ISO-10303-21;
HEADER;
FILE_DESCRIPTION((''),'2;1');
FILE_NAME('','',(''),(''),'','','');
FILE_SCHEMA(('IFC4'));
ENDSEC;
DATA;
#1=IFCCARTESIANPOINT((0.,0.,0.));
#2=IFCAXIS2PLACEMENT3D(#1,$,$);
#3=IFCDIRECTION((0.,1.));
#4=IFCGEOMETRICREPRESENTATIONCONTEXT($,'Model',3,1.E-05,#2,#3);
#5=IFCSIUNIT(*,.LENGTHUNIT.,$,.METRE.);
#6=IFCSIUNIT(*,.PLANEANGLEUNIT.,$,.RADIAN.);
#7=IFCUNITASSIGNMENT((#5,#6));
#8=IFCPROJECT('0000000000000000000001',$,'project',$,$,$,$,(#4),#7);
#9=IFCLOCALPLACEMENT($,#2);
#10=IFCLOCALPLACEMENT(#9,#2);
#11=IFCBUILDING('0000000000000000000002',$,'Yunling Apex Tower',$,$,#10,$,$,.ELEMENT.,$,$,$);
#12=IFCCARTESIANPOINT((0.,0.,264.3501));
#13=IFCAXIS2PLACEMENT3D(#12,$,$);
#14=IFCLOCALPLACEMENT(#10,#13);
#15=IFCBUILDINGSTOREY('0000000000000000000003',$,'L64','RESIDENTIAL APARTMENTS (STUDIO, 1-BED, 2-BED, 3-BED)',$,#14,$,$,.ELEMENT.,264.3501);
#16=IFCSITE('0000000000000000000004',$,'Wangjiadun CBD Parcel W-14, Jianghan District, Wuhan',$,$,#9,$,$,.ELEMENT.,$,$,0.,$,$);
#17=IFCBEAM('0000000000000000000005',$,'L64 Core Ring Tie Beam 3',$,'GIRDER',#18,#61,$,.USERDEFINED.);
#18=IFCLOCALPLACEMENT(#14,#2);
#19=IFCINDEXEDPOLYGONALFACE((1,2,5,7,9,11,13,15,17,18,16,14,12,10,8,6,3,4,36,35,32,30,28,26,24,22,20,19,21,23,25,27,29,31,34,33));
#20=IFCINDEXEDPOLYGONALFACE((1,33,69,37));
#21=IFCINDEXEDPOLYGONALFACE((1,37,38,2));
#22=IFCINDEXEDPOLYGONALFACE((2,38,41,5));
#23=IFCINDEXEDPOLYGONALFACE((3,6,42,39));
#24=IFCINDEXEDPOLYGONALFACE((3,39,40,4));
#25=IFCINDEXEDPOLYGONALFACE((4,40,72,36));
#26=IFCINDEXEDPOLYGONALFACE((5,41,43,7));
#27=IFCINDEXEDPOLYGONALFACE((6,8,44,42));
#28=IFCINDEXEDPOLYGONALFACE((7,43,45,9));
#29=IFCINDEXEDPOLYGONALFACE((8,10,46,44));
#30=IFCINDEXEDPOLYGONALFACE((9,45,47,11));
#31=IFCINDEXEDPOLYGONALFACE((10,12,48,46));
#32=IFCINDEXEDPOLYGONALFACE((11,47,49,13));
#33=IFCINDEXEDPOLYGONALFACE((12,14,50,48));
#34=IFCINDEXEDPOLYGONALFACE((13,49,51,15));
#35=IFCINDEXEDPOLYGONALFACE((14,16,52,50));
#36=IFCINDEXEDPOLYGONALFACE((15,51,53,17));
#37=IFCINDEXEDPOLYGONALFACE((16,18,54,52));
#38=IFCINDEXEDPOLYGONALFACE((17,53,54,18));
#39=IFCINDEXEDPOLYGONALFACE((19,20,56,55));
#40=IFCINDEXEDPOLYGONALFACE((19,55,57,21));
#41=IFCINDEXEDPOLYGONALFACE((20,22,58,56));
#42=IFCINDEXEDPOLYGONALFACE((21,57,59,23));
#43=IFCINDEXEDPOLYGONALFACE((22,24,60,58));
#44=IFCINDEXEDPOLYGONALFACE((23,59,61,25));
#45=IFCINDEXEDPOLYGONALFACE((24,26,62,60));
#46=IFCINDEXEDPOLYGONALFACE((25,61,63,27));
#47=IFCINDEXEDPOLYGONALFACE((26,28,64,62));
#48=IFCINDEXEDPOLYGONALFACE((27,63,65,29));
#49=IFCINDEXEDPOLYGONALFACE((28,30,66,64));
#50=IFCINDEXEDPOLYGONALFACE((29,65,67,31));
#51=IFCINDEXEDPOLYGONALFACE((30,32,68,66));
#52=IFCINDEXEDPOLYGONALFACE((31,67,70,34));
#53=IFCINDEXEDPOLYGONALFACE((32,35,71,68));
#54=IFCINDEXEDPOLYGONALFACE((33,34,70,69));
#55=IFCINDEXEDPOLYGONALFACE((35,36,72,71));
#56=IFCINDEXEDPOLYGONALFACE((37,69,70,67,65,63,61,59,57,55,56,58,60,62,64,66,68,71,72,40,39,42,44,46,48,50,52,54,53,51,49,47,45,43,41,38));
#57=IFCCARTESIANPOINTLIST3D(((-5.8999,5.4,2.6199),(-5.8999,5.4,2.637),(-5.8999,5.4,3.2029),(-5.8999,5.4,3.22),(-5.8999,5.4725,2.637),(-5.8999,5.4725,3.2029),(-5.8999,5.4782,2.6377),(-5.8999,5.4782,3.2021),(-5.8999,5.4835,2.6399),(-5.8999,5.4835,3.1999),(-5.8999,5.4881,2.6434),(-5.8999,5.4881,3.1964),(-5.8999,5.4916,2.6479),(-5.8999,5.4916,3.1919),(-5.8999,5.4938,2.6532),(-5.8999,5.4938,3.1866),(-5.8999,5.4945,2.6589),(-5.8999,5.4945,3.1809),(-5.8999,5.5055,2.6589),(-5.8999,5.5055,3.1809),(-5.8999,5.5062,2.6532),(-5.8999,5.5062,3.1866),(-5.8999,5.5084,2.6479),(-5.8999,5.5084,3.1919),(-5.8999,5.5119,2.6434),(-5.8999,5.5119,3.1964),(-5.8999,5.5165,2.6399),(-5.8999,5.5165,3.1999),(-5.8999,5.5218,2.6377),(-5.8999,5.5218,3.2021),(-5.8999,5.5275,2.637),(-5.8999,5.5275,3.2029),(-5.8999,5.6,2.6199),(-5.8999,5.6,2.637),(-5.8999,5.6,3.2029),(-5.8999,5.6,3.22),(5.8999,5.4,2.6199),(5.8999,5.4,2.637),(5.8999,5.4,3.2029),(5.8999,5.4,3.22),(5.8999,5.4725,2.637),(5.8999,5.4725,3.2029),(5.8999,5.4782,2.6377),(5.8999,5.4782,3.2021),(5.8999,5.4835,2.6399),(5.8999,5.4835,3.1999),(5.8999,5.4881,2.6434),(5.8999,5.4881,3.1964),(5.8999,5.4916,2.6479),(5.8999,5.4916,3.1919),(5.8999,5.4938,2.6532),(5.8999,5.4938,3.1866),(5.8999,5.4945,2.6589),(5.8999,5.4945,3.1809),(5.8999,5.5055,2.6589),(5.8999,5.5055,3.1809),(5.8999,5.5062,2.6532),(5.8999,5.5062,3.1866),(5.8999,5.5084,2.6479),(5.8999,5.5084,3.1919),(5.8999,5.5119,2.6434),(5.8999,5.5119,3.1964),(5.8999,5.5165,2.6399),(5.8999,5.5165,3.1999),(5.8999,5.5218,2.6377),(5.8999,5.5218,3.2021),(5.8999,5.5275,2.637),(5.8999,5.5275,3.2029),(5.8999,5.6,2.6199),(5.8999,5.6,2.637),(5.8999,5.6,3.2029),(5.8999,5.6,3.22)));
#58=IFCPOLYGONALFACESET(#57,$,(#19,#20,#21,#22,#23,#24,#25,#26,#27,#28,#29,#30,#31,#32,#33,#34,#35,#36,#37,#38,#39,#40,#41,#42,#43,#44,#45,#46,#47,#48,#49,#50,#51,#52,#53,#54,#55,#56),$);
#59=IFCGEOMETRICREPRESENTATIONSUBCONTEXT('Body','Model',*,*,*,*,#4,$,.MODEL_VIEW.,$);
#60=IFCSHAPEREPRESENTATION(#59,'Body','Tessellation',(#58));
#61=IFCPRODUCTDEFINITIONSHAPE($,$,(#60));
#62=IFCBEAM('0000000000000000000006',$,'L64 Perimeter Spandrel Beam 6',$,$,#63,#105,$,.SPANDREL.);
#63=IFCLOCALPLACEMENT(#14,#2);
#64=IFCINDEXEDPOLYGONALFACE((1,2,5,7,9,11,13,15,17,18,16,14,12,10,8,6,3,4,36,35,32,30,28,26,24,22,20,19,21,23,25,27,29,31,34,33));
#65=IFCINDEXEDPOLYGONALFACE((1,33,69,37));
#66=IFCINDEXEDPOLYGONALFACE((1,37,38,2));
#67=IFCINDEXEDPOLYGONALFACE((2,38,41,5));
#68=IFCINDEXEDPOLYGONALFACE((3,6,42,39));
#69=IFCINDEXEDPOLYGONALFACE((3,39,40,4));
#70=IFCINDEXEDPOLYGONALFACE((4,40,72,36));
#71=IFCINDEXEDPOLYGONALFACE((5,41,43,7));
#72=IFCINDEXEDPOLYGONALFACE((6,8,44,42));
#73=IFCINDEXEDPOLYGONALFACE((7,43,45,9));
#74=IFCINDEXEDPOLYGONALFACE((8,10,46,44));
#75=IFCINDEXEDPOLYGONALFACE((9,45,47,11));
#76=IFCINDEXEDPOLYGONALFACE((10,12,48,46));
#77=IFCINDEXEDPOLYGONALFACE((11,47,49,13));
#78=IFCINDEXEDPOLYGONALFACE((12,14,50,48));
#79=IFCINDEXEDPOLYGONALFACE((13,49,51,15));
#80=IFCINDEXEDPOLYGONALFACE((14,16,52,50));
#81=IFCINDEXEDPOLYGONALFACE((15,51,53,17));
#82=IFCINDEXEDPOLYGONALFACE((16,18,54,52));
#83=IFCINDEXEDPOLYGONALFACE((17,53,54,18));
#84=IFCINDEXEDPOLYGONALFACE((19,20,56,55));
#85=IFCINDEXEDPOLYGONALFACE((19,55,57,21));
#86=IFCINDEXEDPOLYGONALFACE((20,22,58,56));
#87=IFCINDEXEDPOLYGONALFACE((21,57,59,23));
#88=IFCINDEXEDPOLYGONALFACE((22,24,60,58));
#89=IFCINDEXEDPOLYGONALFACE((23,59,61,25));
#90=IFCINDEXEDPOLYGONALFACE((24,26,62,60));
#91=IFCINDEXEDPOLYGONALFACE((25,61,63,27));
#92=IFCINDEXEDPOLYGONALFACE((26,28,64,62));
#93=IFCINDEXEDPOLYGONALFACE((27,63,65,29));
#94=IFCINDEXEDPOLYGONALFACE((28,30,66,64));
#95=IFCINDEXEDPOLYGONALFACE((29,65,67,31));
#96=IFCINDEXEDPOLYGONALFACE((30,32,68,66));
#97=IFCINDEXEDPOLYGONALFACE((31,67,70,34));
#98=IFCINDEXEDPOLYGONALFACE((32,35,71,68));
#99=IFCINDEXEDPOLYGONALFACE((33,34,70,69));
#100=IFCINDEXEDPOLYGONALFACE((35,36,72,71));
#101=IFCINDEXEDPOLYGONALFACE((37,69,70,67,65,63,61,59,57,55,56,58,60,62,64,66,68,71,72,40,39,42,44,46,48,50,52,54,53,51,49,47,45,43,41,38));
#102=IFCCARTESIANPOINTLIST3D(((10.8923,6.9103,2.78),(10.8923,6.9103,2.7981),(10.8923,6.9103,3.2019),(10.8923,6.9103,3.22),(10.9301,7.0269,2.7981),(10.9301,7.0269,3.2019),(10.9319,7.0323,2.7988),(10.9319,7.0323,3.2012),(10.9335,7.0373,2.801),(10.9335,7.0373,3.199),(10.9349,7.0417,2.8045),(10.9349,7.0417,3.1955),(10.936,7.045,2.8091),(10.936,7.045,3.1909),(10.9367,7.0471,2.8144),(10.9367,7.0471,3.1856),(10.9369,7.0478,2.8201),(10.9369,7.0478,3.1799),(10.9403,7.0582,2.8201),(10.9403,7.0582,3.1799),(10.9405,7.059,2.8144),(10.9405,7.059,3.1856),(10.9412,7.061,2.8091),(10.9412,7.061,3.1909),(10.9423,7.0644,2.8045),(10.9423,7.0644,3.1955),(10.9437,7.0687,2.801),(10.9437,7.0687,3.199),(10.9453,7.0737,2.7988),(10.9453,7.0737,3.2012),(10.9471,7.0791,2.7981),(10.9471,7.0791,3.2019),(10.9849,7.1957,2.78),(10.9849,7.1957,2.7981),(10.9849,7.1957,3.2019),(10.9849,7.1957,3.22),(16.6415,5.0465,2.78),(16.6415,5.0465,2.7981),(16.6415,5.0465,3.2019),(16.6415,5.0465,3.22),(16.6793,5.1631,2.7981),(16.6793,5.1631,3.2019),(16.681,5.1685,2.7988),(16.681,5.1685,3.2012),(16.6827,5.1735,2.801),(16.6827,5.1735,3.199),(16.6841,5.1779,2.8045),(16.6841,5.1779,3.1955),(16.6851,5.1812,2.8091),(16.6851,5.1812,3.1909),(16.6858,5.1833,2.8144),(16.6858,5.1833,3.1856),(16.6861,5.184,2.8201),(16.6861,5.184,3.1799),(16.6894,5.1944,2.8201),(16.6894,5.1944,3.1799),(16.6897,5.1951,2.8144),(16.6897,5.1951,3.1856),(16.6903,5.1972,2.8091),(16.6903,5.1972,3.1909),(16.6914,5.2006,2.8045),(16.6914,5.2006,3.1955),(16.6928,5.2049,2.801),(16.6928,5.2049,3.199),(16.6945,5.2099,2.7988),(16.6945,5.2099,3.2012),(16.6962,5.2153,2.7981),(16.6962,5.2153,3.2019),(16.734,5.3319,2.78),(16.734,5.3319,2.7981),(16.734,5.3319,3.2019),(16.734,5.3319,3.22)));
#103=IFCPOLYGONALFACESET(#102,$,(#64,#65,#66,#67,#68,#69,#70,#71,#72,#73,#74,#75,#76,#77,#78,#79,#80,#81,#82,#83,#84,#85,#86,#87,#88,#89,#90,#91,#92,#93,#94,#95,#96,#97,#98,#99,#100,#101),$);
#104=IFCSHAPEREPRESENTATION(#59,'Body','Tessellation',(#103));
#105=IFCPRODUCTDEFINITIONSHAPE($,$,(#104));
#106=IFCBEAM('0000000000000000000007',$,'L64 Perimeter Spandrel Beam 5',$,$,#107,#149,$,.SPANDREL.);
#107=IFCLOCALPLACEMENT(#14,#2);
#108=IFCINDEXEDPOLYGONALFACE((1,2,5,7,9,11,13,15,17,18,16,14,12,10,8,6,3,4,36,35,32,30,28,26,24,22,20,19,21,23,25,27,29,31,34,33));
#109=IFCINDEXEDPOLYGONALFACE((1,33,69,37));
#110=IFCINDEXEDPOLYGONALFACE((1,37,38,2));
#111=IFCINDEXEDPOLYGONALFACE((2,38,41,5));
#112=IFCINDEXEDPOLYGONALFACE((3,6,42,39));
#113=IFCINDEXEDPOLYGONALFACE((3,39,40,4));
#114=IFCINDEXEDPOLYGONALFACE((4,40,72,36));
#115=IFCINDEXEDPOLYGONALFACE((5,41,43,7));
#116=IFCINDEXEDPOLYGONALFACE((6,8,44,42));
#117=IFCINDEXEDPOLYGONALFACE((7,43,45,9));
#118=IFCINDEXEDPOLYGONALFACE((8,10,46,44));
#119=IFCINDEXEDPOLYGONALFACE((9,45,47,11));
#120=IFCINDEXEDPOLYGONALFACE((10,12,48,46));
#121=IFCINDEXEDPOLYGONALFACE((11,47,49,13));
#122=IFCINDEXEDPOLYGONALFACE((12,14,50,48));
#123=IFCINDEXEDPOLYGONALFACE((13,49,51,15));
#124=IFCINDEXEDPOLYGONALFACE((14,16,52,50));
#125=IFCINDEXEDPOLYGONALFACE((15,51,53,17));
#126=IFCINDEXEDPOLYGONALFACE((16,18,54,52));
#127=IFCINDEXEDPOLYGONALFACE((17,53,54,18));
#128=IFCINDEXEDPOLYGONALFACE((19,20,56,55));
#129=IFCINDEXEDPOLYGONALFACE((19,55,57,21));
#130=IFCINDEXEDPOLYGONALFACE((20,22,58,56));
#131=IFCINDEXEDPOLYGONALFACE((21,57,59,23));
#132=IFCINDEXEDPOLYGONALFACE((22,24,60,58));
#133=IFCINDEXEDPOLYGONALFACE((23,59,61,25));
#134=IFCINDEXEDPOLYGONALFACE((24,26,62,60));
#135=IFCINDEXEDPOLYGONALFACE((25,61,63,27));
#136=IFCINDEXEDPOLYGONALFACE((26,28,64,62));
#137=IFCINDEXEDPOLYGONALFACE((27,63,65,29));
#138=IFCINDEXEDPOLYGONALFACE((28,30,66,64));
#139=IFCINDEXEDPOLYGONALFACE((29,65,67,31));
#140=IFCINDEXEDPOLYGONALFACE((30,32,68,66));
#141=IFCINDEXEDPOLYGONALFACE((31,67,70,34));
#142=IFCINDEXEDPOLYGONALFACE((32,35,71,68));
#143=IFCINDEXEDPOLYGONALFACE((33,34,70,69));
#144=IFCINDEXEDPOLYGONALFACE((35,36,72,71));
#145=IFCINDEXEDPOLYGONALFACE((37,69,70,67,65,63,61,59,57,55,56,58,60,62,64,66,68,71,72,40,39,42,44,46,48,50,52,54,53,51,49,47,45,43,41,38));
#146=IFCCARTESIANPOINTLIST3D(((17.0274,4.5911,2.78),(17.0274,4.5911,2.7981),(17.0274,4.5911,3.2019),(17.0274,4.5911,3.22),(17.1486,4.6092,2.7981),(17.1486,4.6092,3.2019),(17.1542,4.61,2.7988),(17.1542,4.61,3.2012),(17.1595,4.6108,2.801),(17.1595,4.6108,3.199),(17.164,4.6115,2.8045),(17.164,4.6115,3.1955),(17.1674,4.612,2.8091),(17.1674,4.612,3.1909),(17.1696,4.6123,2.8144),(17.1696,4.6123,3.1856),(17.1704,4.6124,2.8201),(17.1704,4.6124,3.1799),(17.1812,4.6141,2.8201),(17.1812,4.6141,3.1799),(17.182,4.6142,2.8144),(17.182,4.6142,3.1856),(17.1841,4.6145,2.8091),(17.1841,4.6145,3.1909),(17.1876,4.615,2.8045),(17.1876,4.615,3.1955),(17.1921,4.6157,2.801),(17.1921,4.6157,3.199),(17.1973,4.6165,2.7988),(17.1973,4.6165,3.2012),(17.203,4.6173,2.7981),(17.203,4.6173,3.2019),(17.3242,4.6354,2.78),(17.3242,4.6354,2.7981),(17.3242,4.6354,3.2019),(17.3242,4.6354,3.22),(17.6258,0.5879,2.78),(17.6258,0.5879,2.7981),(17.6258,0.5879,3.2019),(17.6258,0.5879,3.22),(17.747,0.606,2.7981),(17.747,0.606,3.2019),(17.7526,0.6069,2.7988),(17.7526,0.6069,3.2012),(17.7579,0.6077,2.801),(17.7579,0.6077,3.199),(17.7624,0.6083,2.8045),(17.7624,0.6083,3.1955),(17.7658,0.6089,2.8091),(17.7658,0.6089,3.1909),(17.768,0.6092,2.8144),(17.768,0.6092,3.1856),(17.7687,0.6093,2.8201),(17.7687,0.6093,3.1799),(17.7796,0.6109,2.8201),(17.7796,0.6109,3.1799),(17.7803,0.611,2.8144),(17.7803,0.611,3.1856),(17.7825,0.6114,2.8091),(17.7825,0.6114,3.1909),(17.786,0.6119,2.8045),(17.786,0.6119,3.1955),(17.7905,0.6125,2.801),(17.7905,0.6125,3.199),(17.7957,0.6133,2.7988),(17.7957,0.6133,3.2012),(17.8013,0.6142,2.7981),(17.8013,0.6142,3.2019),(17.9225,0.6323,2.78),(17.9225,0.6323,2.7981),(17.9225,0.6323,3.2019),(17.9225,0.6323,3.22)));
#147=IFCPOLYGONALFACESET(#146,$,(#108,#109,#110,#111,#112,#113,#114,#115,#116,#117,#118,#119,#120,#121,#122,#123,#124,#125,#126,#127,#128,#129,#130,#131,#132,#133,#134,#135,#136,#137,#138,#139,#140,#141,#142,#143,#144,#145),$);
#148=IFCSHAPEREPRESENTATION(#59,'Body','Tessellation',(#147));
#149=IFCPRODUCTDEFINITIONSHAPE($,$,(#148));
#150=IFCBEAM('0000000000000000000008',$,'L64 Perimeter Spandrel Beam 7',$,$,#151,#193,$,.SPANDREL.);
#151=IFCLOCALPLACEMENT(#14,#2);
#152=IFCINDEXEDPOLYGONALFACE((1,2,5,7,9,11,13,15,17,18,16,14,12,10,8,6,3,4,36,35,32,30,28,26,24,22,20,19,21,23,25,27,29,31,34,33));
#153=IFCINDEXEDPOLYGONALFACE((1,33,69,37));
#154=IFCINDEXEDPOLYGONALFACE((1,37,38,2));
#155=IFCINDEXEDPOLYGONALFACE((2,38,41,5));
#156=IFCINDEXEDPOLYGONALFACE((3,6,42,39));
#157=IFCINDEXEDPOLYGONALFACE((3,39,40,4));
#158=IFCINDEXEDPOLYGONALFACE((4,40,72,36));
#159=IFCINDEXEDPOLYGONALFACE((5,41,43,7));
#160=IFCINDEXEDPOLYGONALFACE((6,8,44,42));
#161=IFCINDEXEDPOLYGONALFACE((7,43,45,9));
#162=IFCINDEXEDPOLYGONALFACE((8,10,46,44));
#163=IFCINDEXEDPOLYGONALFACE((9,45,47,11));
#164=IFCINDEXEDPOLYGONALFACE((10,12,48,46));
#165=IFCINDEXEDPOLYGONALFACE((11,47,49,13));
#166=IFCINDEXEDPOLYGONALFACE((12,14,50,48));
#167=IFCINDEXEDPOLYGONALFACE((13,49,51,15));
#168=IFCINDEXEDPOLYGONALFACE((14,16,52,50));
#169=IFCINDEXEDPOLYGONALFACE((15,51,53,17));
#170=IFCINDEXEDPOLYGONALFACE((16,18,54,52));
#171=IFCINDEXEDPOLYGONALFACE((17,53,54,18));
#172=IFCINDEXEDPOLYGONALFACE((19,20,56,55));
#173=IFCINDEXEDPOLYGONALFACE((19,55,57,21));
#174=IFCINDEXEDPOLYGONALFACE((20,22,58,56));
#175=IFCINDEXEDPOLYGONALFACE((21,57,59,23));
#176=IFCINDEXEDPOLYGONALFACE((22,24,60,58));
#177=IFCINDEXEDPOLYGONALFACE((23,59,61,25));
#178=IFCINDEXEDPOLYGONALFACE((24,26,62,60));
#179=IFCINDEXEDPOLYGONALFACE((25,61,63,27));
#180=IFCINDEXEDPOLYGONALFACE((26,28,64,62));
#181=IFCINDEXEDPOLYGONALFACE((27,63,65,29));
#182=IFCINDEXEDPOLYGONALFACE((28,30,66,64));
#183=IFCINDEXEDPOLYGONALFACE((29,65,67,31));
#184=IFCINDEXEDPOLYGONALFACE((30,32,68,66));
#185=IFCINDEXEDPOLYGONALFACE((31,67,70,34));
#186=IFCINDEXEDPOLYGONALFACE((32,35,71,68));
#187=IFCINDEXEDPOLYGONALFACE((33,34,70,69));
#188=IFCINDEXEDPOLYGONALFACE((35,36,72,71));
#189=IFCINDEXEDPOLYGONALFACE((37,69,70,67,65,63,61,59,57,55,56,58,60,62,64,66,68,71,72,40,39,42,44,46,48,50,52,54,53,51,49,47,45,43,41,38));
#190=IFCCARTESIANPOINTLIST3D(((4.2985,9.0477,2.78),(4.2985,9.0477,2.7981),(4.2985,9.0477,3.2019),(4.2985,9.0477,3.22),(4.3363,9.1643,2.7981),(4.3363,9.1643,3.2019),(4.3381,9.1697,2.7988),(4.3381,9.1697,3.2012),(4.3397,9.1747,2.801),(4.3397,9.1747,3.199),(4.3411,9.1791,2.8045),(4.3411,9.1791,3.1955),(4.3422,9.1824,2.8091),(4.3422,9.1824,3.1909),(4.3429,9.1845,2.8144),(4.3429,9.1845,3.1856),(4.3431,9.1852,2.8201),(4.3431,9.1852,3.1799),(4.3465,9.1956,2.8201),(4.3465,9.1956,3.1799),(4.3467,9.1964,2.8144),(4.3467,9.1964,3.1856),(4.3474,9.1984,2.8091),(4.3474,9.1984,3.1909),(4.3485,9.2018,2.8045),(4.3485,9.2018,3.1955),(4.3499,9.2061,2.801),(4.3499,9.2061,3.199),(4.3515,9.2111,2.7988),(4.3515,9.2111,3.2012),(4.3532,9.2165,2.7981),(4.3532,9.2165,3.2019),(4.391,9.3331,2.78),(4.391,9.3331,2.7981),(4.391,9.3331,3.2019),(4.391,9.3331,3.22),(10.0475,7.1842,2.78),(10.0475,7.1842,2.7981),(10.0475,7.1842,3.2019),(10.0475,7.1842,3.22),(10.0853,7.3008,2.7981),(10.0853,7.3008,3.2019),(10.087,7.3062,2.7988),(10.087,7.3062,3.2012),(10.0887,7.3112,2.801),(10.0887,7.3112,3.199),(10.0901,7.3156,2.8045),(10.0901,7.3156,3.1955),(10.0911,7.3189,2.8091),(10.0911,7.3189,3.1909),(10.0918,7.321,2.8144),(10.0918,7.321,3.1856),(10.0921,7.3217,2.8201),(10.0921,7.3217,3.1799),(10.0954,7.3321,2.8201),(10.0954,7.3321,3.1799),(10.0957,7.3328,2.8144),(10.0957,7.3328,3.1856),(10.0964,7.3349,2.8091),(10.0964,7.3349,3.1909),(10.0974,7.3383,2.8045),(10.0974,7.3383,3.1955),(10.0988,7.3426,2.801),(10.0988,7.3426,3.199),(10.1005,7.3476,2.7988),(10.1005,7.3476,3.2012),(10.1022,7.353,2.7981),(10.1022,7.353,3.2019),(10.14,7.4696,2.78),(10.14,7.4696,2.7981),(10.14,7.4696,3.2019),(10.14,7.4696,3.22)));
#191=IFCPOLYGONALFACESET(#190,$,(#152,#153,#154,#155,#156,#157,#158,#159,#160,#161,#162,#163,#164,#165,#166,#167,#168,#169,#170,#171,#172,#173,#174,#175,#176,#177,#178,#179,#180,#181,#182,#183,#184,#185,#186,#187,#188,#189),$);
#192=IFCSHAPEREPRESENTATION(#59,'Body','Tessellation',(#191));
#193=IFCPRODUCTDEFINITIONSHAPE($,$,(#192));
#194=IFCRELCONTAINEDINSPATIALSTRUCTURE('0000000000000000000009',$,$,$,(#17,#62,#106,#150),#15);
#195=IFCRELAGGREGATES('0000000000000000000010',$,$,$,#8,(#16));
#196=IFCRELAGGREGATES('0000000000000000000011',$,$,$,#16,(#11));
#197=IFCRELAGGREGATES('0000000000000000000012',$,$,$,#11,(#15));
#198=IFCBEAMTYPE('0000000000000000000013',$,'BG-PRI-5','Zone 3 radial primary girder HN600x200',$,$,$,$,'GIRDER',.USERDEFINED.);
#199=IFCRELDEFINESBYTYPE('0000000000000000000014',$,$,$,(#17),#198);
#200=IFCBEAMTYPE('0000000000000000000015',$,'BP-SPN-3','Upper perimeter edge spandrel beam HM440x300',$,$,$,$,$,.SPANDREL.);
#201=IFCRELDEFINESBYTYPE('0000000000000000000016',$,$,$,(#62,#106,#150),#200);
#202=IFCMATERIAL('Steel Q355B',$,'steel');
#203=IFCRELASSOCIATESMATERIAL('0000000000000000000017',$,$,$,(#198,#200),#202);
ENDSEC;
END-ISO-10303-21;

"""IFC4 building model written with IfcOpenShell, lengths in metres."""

from ifc_helpers import new_model, si_unit, direction, frame, origin, origin_2d, place, context, subcontext, project, spatial, i_section, extrude, source, transform, mapped, material, material_profile, profile_set, type_object, element, save


model = new_model("IFC4")

# Units and contexts
model_context = context("Model", 3, precision=1e-05, world=origin(), true_north=direction((0.0, 1.0)))
body_context = subcontext(model_context, "Body", "Model", "MODEL_VIEW")
ifc_project = project(units=[si_unit("LENGTHUNIT", "METRE"), si_unit("PLANEANGLEUNIT", "RADIAN")], contexts=[model_context])

# Site, building, storey
site_placement = place(None, origin())
site = spatial("IfcSite", under=ifc_project, at=site_placement, Name="Wangjiadun CBD Parcel W-14, Jianghan District, Wuhan", CompositionType="ELEMENT", RefElevation=0.0)
building_placement = place(site_placement, origin())
building = spatial("IfcBuilding", under=site, at=building_placement, Name="Yunling Apex Tower", CompositionType="ELEMENT")
storey_placement = place(building_placement, frame((0.0, 0.0, 264.3501)))
storey = spatial("IfcBuildingStorey", under=building, at=storey_placement, Name="L64", Description="RESIDENTIAL APARTMENTS (STUDIO, 1-BED, 2-BED, 3-BED)", CompositionType="ELEMENT", Elevation=264.3501)

# Shared definitions
ifc_material_1 = material(Name="Steel Q355B", Category="steel")

# Beams
ifc_material_profile_1 = material_profile(ifc_material_1, i_section(OverallWidth=0.2, OverallDepth=0.6001, WebThickness=0.011, FlangeThickness=0.0171, FilletRadius=0.022, at=origin_2d()))
ifc_profile_set_1 = profile_set([ifc_material_profile_1], Name="Steel Q355B")
beam_type_1 = type_object("IfcBeamType", Name="BG-PRI-5", Description="Zone 3 radial primary girder HN600x200", ElementType="GIRDER", PredefinedType="USERDEFINED", material=ifc_profile_set_1)
shared_shape_1 = source(origin(), body_context, "Body", "SweptSolid", [
    extrude(i_section(OverallWidth=0.2, OverallDepth=0.6001, WebThickness=0.011, FlangeThickness=0.0171, FilletRadius=0.022, at=origin_2d()), origin(), (0.0, 0.0, 1.0), 11.7998),
])
beam_1_placement = place(storey_placement, frame((5.8999, 5.5, 2.9199), z_axis=(-1.0, 0.0, 0.0), x_axis=(0.0, -1.0, 0.0)))
element("IfcBeam", 1, at=beam_1_placement, inside=storey, type_object=beam_type_1, Name="L64 Core Ring Tie Beam 3", ObjectType="GIRDER", PredefinedType="USERDEFINED", context=body_context, shape_type="MappedRepresentation", body=[
    mapped(shared_shape_1, transform((0.0, 0.0, 0.0), scale=1.0)),
])
ifc_material_profile_2 = material_profile(ifc_material_1, i_section(OverallWidth=0.3, OverallDepth=0.4399, WebThickness=0.011, FlangeThickness=0.0181, FilletRadius=0.022, at=origin_2d()))
ifc_profile_set_2 = profile_set([ifc_material_profile_2], Name="Steel Q355B")
beam_type_2 = type_object("IfcBeamType", Name="BP-SPN-3", Description="Upper perimeter edge spandrel beam HM440x300", PredefinedType="SPANDREL", material=ifc_profile_set_2)
shared_shape_2 = source(origin(), body_context, "Body", "SweptSolid", [
    extrude(i_section(OverallWidth=0.3, OverallDepth=0.4399, WebThickness=0.011, FlangeThickness=0.0181, FilletRadius=0.022, at=origin_2d()), origin(), (0.0, 0.0, 1.0), 6.0437),
])
beam_2_placement = place(storey_placement, frame((16.6877, 5.1892, 3.0), z_axis=(-0.951261, 0.308388, 0.0), x_axis=(-0.308388, -0.951261, 0.0)))
element("IfcBeam", 2, at=beam_2_placement, inside=storey, type_object=beam_type_2, Name="L64 Perimeter Spandrel Beam 6", PredefinedType="SPANDREL", context=body_context, shape_type="MappedRepresentation", body=[
    mapped(shared_shape_2, transform((0.0, 0.0, 0.0), scale=1.0)),
])
shared_shape_3 = source(origin(), body_context, "Body", "SweptSolid", [
    extrude(i_section(OverallWidth=0.3, OverallDepth=0.4399, WebThickness=0.011, FlangeThickness=0.0181, FilletRadius=0.022, at=origin_2d()), origin(), (0.0, 0.0, 1.0), 4.0476),
])
beam_3_placement = place(storey_placement, frame((17.7742, 0.6101, 3.0), z_axis=(-0.147836, 0.989012, 0.0), x_axis=(-0.989012, -0.147836, 0.0)))
element("IfcBeam", 3, at=beam_3_placement, inside=storey, type_object=beam_type_2, Name="L64 Perimeter Spandrel Beam 5", PredefinedType="SPANDREL", context=body_context, shape_type="MappedRepresentation", body=[
    mapped(shared_shape_3, transform((0.0, 0.0, 0.0), scale=1.0)),
])
shared_shape_4 = source(origin(), body_context, "Body", "SweptSolid", [
    extrude(i_section(OverallWidth=0.3, OverallDepth=0.4399, WebThickness=0.011, FlangeThickness=0.0181, FilletRadius=0.022, at=origin_2d()), origin(), (0.0, 0.0, 1.0), 6.0435),
])
beam_4_placement = place(storey_placement, frame((10.0938, 7.3269, 3.0), z_axis=(-0.951272, 0.308352, 0.0), x_axis=(-0.308352, -0.951272, 0.0)))
element("IfcBeam", 4, at=beam_4_placement, inside=storey, type_object=beam_type_2, Name="L64 Perimeter Spandrel Beam 7", PredefinedType="SPANDREL", context=body_context, shape_type="MappedRepresentation", body=[
    mapped(shared_shape_4, transform((0.0, 0.0, 0.0), scale=1.0)),
])

save(model, "model.ifc")
